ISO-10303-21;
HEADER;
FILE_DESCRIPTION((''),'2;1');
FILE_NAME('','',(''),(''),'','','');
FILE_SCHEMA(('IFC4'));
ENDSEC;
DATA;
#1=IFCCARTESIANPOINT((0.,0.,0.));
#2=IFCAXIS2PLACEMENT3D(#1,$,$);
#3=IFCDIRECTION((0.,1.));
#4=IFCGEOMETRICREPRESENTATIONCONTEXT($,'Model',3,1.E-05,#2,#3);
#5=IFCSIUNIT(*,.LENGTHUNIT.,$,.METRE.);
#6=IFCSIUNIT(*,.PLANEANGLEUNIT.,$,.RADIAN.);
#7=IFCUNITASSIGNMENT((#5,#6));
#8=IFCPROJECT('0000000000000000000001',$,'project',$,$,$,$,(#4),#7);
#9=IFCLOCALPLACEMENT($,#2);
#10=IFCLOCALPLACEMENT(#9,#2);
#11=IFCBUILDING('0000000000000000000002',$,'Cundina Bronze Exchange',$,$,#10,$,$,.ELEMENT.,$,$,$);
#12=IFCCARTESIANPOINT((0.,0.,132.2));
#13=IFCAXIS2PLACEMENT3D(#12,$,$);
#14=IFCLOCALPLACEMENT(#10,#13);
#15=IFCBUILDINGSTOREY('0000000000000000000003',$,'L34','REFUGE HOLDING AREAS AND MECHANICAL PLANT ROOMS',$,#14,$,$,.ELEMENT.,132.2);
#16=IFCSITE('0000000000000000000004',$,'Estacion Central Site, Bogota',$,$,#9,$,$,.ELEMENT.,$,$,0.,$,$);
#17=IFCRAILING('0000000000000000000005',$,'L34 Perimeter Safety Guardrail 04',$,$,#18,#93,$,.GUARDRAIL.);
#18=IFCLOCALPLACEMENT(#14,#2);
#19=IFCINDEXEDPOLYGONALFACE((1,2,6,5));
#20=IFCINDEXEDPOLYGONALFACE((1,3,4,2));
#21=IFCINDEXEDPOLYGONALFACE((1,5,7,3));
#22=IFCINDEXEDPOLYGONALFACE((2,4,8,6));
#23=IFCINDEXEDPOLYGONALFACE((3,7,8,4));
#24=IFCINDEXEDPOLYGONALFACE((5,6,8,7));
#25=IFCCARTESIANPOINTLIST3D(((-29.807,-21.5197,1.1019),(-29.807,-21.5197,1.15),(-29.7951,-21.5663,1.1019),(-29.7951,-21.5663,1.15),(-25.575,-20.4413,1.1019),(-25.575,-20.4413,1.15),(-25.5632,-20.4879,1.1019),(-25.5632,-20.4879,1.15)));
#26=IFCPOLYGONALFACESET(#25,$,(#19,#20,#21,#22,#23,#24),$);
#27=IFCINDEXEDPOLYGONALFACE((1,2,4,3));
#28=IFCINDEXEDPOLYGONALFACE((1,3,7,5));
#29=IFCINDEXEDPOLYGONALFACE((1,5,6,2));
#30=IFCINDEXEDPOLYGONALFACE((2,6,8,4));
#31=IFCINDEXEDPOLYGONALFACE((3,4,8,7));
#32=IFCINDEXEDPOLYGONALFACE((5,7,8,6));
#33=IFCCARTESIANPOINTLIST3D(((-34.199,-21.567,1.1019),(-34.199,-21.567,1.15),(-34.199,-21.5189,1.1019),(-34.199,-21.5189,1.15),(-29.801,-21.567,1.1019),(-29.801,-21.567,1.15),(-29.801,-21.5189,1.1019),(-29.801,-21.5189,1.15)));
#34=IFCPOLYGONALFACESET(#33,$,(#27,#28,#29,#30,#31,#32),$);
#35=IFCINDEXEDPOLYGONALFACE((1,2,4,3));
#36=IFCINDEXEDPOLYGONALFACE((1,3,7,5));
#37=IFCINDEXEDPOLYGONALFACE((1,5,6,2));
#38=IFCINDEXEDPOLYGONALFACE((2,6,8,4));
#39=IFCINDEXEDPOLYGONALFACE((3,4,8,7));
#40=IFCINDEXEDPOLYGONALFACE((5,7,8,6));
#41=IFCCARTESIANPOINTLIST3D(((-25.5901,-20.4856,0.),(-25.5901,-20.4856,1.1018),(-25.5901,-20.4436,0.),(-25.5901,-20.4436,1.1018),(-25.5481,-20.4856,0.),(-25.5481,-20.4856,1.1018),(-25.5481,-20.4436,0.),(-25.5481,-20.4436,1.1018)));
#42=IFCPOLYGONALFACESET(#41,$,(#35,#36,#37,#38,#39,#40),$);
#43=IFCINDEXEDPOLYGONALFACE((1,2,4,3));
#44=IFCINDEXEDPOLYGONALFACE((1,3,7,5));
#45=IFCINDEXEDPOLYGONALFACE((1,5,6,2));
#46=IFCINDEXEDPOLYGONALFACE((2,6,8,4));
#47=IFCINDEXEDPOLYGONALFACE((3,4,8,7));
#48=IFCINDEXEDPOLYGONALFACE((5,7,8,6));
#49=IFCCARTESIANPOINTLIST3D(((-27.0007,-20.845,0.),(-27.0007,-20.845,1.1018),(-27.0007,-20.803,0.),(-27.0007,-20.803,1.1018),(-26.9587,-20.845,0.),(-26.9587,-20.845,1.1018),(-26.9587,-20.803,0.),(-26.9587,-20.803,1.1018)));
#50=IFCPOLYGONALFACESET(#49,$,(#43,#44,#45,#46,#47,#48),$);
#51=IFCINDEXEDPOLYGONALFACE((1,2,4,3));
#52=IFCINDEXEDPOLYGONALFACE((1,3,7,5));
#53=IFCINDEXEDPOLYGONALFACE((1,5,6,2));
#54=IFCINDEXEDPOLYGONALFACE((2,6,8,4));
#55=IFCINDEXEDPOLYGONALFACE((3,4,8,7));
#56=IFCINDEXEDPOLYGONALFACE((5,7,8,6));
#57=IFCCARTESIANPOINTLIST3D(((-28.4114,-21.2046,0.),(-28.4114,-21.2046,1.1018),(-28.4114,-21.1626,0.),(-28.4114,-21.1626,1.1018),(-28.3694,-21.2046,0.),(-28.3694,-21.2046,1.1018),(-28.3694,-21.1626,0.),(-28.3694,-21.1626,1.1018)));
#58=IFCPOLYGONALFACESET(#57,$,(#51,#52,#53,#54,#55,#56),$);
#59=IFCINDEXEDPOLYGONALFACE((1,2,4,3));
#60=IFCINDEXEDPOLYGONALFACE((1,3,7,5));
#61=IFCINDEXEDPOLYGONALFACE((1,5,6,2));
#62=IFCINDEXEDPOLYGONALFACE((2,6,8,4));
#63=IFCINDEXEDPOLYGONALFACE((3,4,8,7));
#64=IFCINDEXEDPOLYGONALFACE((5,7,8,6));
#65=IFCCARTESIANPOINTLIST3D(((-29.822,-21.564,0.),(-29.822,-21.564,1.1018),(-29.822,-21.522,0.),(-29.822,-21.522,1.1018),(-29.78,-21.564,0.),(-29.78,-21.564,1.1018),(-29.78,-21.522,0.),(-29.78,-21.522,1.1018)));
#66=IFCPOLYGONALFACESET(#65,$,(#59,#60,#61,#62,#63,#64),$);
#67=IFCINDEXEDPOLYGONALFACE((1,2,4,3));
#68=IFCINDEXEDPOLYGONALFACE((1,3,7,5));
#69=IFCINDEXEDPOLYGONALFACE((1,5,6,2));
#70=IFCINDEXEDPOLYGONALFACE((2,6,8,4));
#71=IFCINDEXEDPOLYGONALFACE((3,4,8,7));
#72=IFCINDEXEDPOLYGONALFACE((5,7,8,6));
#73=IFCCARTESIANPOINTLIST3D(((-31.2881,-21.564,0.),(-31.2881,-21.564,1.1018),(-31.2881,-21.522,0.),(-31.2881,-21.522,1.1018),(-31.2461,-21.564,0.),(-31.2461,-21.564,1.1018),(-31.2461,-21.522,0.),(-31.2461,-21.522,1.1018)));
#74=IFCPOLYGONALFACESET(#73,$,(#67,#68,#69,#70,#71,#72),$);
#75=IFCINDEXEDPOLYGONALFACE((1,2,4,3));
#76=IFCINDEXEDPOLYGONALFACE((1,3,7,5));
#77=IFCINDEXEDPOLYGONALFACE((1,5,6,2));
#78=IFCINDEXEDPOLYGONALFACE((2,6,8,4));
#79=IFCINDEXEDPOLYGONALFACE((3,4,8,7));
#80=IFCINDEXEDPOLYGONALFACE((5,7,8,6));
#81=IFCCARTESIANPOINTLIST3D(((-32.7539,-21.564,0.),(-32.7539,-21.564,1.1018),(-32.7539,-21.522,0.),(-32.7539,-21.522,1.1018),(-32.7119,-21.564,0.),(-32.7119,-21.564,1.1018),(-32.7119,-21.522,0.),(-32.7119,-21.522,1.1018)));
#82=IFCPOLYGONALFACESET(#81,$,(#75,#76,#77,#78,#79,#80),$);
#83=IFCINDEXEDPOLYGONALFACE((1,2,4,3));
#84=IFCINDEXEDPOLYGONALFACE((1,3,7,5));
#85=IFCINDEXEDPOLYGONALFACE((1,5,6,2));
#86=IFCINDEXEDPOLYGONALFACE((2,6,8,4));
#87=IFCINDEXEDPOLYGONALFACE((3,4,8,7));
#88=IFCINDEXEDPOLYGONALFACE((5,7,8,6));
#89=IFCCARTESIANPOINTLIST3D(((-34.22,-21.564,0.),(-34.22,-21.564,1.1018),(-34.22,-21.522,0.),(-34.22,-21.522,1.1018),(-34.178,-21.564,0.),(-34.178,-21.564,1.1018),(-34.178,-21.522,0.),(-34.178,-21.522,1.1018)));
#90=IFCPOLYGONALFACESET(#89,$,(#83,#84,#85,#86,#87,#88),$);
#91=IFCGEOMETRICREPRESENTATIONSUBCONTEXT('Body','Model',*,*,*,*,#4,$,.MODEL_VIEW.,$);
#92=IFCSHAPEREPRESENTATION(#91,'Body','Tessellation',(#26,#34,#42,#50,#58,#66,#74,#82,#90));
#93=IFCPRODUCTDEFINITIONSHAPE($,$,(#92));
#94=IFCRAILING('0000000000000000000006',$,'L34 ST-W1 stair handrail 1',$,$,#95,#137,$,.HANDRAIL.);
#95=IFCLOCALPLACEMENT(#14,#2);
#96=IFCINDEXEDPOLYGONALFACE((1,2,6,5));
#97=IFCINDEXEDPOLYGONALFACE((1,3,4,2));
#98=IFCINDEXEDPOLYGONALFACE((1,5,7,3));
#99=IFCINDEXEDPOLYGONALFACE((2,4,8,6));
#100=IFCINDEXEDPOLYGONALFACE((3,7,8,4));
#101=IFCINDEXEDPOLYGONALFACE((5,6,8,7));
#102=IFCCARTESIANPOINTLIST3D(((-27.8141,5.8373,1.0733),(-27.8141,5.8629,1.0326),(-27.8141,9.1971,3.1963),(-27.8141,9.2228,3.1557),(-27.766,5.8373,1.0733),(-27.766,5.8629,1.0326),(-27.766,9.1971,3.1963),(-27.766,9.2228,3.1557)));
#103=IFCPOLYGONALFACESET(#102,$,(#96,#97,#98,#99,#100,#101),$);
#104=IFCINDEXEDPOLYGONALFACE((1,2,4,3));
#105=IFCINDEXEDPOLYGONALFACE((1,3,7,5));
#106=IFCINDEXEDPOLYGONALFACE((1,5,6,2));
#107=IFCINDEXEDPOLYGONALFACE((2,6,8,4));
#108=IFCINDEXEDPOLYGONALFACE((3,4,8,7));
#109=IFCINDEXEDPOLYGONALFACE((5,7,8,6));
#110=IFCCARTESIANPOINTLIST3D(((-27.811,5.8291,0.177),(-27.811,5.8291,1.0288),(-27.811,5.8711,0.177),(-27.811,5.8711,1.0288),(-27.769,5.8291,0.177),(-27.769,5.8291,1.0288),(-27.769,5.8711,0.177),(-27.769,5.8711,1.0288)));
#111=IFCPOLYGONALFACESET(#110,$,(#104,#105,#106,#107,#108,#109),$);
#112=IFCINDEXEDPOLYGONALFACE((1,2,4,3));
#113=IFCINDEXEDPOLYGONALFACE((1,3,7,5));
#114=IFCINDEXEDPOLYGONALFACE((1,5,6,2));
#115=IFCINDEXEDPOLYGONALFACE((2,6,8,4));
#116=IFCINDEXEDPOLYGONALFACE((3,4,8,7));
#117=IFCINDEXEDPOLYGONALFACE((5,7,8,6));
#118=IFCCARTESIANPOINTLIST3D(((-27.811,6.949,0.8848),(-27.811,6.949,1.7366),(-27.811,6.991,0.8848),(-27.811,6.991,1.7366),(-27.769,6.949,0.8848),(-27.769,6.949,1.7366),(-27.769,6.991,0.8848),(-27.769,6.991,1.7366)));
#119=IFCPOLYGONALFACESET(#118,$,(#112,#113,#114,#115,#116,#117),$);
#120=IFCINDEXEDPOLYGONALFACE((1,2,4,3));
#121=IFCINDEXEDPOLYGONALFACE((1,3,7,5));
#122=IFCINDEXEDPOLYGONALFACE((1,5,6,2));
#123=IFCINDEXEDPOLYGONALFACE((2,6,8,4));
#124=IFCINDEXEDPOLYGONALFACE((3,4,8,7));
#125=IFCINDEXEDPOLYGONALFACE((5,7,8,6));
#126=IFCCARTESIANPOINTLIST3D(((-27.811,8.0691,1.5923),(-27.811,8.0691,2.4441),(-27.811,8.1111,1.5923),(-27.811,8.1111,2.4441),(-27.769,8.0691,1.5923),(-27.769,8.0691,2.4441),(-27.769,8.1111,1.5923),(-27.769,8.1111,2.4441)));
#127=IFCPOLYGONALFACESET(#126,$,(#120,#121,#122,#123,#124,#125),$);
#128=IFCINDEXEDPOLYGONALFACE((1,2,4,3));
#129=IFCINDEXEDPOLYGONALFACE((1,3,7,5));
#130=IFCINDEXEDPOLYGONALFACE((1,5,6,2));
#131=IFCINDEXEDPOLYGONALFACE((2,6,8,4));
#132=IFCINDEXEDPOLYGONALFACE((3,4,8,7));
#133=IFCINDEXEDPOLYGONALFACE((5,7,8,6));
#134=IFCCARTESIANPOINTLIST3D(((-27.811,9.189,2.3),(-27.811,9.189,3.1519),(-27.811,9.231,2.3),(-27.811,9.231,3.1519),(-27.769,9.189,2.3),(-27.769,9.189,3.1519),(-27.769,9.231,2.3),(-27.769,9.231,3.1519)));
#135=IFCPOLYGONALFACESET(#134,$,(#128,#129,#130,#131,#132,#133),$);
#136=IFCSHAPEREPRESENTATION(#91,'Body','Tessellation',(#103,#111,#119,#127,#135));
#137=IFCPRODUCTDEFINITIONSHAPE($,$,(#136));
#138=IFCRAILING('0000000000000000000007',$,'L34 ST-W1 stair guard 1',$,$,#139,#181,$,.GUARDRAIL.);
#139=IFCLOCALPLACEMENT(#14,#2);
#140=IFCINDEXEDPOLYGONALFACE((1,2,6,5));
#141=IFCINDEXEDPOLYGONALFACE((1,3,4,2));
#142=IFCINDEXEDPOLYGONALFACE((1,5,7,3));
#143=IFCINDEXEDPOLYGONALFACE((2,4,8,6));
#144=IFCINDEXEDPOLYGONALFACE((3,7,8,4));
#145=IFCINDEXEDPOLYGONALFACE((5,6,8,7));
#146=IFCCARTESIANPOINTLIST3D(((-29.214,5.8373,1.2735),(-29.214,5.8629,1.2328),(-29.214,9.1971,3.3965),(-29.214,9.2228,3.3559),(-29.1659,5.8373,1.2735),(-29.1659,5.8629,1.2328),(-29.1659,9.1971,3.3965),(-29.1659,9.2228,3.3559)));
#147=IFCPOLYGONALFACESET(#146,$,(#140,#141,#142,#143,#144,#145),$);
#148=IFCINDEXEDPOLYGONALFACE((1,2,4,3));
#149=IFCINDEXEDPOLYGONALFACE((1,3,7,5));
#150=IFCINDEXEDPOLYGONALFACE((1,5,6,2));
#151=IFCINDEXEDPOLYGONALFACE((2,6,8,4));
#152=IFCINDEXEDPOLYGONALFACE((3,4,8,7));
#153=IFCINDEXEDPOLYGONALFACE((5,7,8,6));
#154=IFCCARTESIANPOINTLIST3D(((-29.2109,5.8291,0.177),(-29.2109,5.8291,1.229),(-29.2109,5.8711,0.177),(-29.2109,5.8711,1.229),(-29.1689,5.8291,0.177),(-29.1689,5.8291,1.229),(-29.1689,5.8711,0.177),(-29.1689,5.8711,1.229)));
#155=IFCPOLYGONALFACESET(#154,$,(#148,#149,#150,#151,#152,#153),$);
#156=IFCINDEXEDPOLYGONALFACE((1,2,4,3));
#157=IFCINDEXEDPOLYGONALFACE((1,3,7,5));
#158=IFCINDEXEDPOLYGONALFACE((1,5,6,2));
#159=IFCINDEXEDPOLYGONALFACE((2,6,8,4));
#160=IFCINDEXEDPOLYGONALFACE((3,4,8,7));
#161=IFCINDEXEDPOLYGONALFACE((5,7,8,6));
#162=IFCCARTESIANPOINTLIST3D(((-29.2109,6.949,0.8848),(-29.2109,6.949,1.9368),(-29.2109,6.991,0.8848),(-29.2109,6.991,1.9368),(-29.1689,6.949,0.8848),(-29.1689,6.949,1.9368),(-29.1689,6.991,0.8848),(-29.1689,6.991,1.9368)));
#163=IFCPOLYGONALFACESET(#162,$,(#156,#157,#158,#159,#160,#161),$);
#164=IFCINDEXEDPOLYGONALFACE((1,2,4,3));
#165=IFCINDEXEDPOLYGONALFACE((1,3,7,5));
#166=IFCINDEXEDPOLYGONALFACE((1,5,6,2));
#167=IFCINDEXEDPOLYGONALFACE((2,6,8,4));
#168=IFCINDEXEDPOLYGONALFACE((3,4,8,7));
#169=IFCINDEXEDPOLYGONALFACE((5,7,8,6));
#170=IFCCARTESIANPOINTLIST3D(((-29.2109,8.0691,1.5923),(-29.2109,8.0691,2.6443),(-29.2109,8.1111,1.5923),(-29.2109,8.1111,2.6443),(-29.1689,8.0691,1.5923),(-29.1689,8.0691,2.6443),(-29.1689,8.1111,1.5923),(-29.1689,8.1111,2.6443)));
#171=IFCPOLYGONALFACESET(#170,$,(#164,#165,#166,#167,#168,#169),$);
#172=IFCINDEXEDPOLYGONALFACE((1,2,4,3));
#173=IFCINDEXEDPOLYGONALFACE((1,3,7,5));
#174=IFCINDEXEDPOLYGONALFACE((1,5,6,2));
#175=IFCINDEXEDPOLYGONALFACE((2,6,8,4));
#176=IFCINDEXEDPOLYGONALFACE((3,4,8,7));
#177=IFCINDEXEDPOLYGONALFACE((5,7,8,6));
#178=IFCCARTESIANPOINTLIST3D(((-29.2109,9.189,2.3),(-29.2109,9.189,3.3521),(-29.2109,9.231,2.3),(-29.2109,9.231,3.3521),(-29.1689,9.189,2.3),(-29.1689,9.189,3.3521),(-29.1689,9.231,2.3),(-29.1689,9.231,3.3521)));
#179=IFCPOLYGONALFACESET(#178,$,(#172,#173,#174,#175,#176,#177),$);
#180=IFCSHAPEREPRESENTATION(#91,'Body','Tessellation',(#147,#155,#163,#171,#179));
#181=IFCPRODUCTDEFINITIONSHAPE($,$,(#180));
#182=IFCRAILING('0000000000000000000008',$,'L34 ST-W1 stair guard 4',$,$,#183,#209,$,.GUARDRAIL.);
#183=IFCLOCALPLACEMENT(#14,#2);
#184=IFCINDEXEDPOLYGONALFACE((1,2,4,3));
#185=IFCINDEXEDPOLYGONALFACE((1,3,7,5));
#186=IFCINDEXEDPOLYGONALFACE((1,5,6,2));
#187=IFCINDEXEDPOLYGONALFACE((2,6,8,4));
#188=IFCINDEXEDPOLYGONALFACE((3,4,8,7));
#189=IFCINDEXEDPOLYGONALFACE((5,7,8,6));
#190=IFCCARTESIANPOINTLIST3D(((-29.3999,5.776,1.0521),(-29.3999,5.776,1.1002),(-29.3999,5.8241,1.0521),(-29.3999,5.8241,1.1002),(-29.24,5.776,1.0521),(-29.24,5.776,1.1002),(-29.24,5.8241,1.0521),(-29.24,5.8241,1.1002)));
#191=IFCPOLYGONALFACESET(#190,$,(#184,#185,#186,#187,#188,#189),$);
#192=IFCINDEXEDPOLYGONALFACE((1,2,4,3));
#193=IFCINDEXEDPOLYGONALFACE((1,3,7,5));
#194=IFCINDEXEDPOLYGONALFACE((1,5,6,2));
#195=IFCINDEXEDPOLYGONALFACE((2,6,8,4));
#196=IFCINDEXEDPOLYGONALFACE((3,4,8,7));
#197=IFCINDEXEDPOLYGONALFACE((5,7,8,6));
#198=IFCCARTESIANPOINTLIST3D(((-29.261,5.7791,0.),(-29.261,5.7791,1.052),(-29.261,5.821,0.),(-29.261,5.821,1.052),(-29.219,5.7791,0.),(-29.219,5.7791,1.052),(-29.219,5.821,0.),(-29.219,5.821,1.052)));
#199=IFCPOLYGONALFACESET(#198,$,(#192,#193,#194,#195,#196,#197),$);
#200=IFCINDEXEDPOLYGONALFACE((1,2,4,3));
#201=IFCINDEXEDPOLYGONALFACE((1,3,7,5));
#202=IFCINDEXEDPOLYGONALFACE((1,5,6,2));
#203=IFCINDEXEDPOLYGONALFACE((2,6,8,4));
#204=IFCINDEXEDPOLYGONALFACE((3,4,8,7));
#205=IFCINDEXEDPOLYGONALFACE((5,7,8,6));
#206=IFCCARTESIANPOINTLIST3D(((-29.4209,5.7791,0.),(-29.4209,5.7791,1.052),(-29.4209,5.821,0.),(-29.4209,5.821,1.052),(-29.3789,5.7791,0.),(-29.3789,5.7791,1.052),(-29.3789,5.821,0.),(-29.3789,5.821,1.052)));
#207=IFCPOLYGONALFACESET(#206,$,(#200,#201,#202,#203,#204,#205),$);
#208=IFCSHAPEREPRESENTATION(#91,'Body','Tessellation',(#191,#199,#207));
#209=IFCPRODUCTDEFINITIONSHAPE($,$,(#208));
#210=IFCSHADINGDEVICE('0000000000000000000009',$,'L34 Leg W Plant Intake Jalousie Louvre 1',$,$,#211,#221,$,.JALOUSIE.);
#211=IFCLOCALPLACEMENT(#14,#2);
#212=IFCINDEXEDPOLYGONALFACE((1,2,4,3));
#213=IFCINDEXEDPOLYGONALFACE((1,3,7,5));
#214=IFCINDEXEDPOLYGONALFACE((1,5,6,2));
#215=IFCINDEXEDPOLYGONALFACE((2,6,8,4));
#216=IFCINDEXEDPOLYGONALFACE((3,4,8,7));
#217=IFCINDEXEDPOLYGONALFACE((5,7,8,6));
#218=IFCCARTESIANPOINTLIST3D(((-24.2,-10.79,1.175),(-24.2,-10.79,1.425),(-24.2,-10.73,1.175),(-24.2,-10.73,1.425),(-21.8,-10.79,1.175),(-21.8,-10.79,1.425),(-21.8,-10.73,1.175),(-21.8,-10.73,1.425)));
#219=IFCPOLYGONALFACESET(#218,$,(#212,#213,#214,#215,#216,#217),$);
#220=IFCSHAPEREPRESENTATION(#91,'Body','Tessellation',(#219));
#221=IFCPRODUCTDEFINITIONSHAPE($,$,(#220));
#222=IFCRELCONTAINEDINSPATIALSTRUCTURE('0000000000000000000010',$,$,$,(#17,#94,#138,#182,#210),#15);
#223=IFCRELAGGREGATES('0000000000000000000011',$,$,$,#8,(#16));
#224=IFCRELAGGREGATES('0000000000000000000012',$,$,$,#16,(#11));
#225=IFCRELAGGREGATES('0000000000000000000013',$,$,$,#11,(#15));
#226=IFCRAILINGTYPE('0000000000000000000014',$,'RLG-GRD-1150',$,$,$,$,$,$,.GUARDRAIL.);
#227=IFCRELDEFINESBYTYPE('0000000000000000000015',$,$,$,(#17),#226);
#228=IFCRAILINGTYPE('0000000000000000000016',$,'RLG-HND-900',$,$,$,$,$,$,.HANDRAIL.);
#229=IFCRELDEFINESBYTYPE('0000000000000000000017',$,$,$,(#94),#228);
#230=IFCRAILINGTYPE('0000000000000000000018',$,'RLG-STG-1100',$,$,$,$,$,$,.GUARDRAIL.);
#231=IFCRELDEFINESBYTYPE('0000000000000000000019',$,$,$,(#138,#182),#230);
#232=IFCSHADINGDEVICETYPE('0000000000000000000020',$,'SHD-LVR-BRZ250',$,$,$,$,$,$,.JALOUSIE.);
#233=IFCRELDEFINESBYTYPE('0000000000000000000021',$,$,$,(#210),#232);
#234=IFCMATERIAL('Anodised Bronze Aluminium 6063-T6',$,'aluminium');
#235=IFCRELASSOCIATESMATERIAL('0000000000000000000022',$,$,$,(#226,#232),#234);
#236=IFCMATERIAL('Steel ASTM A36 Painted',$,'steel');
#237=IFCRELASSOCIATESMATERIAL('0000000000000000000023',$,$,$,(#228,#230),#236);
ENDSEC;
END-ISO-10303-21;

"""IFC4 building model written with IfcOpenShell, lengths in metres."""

from ifc_helpers import new_model, si_unit, direction, frame, origin, origin_2d, place, context, subcontext, project, spatial, rectangle, extrude, material, material_profile, profile_set, type_object, element, save


model = new_model("IFC4")

# Units and contexts
model_context = context("Model", 3, precision=1e-05, world=origin(), true_north=direction((0.0, 1.0)))
body_context = subcontext(model_context, "Body", "Model", "MODEL_VIEW")
ifc_project = project(units=[si_unit("LENGTHUNIT", "METRE"), si_unit("PLANEANGLEUNIT", "RADIAN")], contexts=[model_context])

# Site, building, storey
site_placement = place(None, origin())
site = spatial("IfcSite", under=ifc_project, at=site_placement, Name="Estacion Central Site, Bogota", CompositionType="ELEMENT", RefElevation=0.0)
building_placement = place(site_placement, origin())
building = spatial("IfcBuilding", under=site, at=building_placement, Name="Cundina Bronze Exchange", CompositionType="ELEMENT")
storey_placement = place(building_placement, frame((0.0, 0.0, 132.2)))
storey = spatial("IfcBuildingStorey", under=building, at=storey_placement, Name="L34", Description="REFUGE HOLDING AREAS AND MECHANICAL PLANT ROOMS", CompositionType="ELEMENT", Elevation=132.2)

# Shared definitions
ifc_material_1 = material(Name="Steel ASTM A36 Painted", Category="steel")

# Railings
ifc_material_2 = material(Name="Anodised Bronze Aluminium 6063-T6", Category="aluminium")
railing_type_1 = type_object("IfcRailingType", Name="RLG-GRD-1150", PredefinedType="GUARDRAIL", material=ifc_material_2)
railing_1_placement = place(storey_placement, frame((-25.5691, -20.4646, 0.0)))
element("IfcRailing", 1, at=railing_1_placement, inside=storey, type_object=railing_type_1, Name="L34 Perimeter Safety Guardrail 04", PredefinedType="GUARDRAIL", context=body_context, shape_type="SweptSolid", body=[
    extrude(rectangle(XDim=0.0481, YDim=0.0481, at=origin_2d()), frame((0.0, 0.0, 1.126), z_axis=(-0.969034, -0.246927, 0.0), x_axis=(0.246927, -0.969034, 0.0)), (0.0, 0.0, 1.0), 4.3672),
    extrude(rectangle(XDim=0.0481, YDim=0.0481, at=origin_2d()), frame((-4.2319, -1.0784, 1.126), z_axis=(-1.0, 0.0, 0.0), x_axis=(0.0, -1.0, 0.0)), (0.0, 0.0, 1.0), 4.3979),
    extrude(rectangle(XDim=0.042, YDim=0.042, at=origin_2d()), origin(), (0.0, 0.0, 1.0), 1.1018),
    extrude(rectangle(XDim=0.042, YDim=0.042, at=origin_2d()), frame((-1.4106, -0.3594, 0.0)), (0.0, 0.0, 1.0), 1.1018),
    extrude(rectangle(XDim=0.042, YDim=0.042, at=origin_2d()), frame((-2.8213, -0.719, 0.0)), (0.0, 0.0, 1.0), 1.1018),
    extrude(rectangle(XDim=0.042, YDim=0.042, at=origin_2d()), frame((-4.2319, -1.0784, 0.0)), (0.0, 0.0, 1.0), 1.1018),
    extrude(rectangle(XDim=0.042, YDim=0.042, at=origin_2d()), frame((-5.698, -1.0784, 0.0)), (0.0, 0.0, 1.0), 1.1018),
    extrude(rectangle(XDim=0.042, YDim=0.042, at=origin_2d()), frame((-7.1638, -1.0784, 0.0)), (0.0, 0.0, 1.0), 1.1018),
    extrude(rectangle(XDim=0.042, YDim=0.042, at=origin_2d()), frame((-8.6299, -1.0784, 0.0)), (0.0, 0.0, 1.0), 1.1018),
])
railing_type_2 = type_object("IfcRailingType", Name="RLG-HND-900", PredefinedType="HANDRAIL", material=ifc_material_1)
railing_2_placement = place(storey_placement, frame((-27.79, 5.8501, 0.177)))
element("IfcRailing", 2, at=railing_2_placement, inside=storey, type_object=railing_type_2, Name="L34 ST-W1 stair handrail 1", PredefinedType="HANDRAIL", context=body_context, shape_type="SweptSolid", body=[
    extrude(rectangle(XDim=0.0481, YDim=0.0481, at=origin_2d()), frame((0.0, 0.0, 0.876), z_axis=(0.0, 0.845372, 0.534178), x_axis=(-1.0, 0.0, 0.0)), (0.0, 0.0, 1.0), 3.9744),
    extrude(rectangle(XDim=0.042, YDim=0.042, at=origin_2d()), origin(), (0.0, 0.0, 1.0), 0.8518),
    extrude(rectangle(XDim=0.042, YDim=0.042, at=origin_2d()), frame((0.0, 1.1199, 0.7078)), (0.0, 0.0, 1.0), 0.8518),
    extrude(rectangle(XDim=0.042, YDim=0.042, at=origin_2d()), frame((0.0, 2.24, 1.4153)), (0.0, 0.0, 1.0), 0.8518),
    extrude(rectangle(XDim=0.042, YDim=0.042, at=origin_2d()), frame((0.0, 3.3599, 2.123)), (0.0, 0.0, 1.0), 0.8518),
])
railing_type_3 = type_object("IfcRailingType", Name="RLG-STG-1100", PredefinedType="GUARDRAIL", material=ifc_material_1)
railing_3_placement = place(storey_placement, frame((-29.1899, 5.8501, 0.177)))
element("IfcRailing", 3, at=railing_3_placement, inside=storey, type_object=railing_type_3, Name="L34 ST-W1 stair guard 1", PredefinedType="GUARDRAIL", context=body_context, shape_type="SweptSolid", body=[
    extrude(rectangle(XDim=0.0481, YDim=0.0481, at=origin_2d()), frame((0.0, 0.0, 1.0762), z_axis=(0.0, 0.845372, 0.534178), x_axis=(-1.0, 0.0, 0.0)), (0.0, 0.0, 1.0), 3.9744),
    extrude(rectangle(XDim=0.042, YDim=0.042, at=origin_2d()), origin(), (0.0, 0.0, 1.0), 1.052),
    extrude(rectangle(XDim=0.042, YDim=0.042, at=origin_2d()), frame((0.0, 1.1199, 0.7078)), (0.0, 0.0, 1.0), 1.052),
    extrude(rectangle(XDim=0.042, YDim=0.042, at=origin_2d()), frame((0.0, 2.24, 1.4153)), (0.0, 0.0, 1.0), 1.052),
    extrude(rectangle(XDim=0.042, YDim=0.042, at=origin_2d()), frame((0.0, 3.3599, 2.123)), (0.0, 0.0, 1.0), 1.052),
])
railing_4_placement = place(storey_placement, frame((-29.24, 5.8, 0.0)))
element("IfcRailing", 4, at=railing_4_placement, inside=storey, type_object=railing_type_3, Name="L34 ST-W1 stair guard 4", PredefinedType="GUARDRAIL", context=body_context, shape_type="SweptSolid", body=[
    extrude(rectangle(XDim=0.0481, YDim=0.0481, at=origin_2d()), frame((0.0, 0.0, 1.0762), z_axis=(-1.0, 0.0, 0.0), x_axis=(0.0, -1.0, 0.0)), (0.0, 0.0, 1.0), 0.1599),
    extrude(rectangle(XDim=0.042, YDim=0.042, at=origin_2d()), origin(), (0.0, 0.0, 1.0), 1.052),
    extrude(rectangle(XDim=0.042, YDim=0.042, at=origin_2d()), frame((-0.1599, 0.0, 0.0)), (0.0, 0.0, 1.0), 1.052),
])

# Shading device
ifc_material_profile_1 = material_profile(ifc_material_2, rectangle(XDim=0.0601, YDim=0.25, at=origin_2d()), Name="LVR60X250", Category="aluminium")
ifc_profile_set_1 = profile_set([ifc_material_profile_1], Name="Anodised Bronze Aluminium 6063-T6")
shading_device_type = type_object("IfcShadingDeviceType", Name="SHD-LVR-BRZ250", PredefinedType="JALOUSIE", material=ifc_profile_set_1)
for number, where, z_axis, x_axis, name in (
    (5, (-24.2, -10.76, 1.3), (1.0, 0.0, 0.0), (0.0, 1.0, 0.0), "L34 Leg W Plant Intake Jalousie Louvre 1"),
):
    element("IfcShadingDevice", number, at=place(storey_placement, frame(where, z_axis=z_axis, x_axis=x_axis)), inside=storey, type_object=shading_device_type, Name=name, PredefinedType="JALOUSIE", context=body_context, shape_type="SweptSolid", body=[
        extrude(rectangle(XDim=0.0601, YDim=0.25, at=origin_2d()), origin(), (0.0, 0.0, 1.0), 2.3999),
    ])

save(model, "model.ifc")
